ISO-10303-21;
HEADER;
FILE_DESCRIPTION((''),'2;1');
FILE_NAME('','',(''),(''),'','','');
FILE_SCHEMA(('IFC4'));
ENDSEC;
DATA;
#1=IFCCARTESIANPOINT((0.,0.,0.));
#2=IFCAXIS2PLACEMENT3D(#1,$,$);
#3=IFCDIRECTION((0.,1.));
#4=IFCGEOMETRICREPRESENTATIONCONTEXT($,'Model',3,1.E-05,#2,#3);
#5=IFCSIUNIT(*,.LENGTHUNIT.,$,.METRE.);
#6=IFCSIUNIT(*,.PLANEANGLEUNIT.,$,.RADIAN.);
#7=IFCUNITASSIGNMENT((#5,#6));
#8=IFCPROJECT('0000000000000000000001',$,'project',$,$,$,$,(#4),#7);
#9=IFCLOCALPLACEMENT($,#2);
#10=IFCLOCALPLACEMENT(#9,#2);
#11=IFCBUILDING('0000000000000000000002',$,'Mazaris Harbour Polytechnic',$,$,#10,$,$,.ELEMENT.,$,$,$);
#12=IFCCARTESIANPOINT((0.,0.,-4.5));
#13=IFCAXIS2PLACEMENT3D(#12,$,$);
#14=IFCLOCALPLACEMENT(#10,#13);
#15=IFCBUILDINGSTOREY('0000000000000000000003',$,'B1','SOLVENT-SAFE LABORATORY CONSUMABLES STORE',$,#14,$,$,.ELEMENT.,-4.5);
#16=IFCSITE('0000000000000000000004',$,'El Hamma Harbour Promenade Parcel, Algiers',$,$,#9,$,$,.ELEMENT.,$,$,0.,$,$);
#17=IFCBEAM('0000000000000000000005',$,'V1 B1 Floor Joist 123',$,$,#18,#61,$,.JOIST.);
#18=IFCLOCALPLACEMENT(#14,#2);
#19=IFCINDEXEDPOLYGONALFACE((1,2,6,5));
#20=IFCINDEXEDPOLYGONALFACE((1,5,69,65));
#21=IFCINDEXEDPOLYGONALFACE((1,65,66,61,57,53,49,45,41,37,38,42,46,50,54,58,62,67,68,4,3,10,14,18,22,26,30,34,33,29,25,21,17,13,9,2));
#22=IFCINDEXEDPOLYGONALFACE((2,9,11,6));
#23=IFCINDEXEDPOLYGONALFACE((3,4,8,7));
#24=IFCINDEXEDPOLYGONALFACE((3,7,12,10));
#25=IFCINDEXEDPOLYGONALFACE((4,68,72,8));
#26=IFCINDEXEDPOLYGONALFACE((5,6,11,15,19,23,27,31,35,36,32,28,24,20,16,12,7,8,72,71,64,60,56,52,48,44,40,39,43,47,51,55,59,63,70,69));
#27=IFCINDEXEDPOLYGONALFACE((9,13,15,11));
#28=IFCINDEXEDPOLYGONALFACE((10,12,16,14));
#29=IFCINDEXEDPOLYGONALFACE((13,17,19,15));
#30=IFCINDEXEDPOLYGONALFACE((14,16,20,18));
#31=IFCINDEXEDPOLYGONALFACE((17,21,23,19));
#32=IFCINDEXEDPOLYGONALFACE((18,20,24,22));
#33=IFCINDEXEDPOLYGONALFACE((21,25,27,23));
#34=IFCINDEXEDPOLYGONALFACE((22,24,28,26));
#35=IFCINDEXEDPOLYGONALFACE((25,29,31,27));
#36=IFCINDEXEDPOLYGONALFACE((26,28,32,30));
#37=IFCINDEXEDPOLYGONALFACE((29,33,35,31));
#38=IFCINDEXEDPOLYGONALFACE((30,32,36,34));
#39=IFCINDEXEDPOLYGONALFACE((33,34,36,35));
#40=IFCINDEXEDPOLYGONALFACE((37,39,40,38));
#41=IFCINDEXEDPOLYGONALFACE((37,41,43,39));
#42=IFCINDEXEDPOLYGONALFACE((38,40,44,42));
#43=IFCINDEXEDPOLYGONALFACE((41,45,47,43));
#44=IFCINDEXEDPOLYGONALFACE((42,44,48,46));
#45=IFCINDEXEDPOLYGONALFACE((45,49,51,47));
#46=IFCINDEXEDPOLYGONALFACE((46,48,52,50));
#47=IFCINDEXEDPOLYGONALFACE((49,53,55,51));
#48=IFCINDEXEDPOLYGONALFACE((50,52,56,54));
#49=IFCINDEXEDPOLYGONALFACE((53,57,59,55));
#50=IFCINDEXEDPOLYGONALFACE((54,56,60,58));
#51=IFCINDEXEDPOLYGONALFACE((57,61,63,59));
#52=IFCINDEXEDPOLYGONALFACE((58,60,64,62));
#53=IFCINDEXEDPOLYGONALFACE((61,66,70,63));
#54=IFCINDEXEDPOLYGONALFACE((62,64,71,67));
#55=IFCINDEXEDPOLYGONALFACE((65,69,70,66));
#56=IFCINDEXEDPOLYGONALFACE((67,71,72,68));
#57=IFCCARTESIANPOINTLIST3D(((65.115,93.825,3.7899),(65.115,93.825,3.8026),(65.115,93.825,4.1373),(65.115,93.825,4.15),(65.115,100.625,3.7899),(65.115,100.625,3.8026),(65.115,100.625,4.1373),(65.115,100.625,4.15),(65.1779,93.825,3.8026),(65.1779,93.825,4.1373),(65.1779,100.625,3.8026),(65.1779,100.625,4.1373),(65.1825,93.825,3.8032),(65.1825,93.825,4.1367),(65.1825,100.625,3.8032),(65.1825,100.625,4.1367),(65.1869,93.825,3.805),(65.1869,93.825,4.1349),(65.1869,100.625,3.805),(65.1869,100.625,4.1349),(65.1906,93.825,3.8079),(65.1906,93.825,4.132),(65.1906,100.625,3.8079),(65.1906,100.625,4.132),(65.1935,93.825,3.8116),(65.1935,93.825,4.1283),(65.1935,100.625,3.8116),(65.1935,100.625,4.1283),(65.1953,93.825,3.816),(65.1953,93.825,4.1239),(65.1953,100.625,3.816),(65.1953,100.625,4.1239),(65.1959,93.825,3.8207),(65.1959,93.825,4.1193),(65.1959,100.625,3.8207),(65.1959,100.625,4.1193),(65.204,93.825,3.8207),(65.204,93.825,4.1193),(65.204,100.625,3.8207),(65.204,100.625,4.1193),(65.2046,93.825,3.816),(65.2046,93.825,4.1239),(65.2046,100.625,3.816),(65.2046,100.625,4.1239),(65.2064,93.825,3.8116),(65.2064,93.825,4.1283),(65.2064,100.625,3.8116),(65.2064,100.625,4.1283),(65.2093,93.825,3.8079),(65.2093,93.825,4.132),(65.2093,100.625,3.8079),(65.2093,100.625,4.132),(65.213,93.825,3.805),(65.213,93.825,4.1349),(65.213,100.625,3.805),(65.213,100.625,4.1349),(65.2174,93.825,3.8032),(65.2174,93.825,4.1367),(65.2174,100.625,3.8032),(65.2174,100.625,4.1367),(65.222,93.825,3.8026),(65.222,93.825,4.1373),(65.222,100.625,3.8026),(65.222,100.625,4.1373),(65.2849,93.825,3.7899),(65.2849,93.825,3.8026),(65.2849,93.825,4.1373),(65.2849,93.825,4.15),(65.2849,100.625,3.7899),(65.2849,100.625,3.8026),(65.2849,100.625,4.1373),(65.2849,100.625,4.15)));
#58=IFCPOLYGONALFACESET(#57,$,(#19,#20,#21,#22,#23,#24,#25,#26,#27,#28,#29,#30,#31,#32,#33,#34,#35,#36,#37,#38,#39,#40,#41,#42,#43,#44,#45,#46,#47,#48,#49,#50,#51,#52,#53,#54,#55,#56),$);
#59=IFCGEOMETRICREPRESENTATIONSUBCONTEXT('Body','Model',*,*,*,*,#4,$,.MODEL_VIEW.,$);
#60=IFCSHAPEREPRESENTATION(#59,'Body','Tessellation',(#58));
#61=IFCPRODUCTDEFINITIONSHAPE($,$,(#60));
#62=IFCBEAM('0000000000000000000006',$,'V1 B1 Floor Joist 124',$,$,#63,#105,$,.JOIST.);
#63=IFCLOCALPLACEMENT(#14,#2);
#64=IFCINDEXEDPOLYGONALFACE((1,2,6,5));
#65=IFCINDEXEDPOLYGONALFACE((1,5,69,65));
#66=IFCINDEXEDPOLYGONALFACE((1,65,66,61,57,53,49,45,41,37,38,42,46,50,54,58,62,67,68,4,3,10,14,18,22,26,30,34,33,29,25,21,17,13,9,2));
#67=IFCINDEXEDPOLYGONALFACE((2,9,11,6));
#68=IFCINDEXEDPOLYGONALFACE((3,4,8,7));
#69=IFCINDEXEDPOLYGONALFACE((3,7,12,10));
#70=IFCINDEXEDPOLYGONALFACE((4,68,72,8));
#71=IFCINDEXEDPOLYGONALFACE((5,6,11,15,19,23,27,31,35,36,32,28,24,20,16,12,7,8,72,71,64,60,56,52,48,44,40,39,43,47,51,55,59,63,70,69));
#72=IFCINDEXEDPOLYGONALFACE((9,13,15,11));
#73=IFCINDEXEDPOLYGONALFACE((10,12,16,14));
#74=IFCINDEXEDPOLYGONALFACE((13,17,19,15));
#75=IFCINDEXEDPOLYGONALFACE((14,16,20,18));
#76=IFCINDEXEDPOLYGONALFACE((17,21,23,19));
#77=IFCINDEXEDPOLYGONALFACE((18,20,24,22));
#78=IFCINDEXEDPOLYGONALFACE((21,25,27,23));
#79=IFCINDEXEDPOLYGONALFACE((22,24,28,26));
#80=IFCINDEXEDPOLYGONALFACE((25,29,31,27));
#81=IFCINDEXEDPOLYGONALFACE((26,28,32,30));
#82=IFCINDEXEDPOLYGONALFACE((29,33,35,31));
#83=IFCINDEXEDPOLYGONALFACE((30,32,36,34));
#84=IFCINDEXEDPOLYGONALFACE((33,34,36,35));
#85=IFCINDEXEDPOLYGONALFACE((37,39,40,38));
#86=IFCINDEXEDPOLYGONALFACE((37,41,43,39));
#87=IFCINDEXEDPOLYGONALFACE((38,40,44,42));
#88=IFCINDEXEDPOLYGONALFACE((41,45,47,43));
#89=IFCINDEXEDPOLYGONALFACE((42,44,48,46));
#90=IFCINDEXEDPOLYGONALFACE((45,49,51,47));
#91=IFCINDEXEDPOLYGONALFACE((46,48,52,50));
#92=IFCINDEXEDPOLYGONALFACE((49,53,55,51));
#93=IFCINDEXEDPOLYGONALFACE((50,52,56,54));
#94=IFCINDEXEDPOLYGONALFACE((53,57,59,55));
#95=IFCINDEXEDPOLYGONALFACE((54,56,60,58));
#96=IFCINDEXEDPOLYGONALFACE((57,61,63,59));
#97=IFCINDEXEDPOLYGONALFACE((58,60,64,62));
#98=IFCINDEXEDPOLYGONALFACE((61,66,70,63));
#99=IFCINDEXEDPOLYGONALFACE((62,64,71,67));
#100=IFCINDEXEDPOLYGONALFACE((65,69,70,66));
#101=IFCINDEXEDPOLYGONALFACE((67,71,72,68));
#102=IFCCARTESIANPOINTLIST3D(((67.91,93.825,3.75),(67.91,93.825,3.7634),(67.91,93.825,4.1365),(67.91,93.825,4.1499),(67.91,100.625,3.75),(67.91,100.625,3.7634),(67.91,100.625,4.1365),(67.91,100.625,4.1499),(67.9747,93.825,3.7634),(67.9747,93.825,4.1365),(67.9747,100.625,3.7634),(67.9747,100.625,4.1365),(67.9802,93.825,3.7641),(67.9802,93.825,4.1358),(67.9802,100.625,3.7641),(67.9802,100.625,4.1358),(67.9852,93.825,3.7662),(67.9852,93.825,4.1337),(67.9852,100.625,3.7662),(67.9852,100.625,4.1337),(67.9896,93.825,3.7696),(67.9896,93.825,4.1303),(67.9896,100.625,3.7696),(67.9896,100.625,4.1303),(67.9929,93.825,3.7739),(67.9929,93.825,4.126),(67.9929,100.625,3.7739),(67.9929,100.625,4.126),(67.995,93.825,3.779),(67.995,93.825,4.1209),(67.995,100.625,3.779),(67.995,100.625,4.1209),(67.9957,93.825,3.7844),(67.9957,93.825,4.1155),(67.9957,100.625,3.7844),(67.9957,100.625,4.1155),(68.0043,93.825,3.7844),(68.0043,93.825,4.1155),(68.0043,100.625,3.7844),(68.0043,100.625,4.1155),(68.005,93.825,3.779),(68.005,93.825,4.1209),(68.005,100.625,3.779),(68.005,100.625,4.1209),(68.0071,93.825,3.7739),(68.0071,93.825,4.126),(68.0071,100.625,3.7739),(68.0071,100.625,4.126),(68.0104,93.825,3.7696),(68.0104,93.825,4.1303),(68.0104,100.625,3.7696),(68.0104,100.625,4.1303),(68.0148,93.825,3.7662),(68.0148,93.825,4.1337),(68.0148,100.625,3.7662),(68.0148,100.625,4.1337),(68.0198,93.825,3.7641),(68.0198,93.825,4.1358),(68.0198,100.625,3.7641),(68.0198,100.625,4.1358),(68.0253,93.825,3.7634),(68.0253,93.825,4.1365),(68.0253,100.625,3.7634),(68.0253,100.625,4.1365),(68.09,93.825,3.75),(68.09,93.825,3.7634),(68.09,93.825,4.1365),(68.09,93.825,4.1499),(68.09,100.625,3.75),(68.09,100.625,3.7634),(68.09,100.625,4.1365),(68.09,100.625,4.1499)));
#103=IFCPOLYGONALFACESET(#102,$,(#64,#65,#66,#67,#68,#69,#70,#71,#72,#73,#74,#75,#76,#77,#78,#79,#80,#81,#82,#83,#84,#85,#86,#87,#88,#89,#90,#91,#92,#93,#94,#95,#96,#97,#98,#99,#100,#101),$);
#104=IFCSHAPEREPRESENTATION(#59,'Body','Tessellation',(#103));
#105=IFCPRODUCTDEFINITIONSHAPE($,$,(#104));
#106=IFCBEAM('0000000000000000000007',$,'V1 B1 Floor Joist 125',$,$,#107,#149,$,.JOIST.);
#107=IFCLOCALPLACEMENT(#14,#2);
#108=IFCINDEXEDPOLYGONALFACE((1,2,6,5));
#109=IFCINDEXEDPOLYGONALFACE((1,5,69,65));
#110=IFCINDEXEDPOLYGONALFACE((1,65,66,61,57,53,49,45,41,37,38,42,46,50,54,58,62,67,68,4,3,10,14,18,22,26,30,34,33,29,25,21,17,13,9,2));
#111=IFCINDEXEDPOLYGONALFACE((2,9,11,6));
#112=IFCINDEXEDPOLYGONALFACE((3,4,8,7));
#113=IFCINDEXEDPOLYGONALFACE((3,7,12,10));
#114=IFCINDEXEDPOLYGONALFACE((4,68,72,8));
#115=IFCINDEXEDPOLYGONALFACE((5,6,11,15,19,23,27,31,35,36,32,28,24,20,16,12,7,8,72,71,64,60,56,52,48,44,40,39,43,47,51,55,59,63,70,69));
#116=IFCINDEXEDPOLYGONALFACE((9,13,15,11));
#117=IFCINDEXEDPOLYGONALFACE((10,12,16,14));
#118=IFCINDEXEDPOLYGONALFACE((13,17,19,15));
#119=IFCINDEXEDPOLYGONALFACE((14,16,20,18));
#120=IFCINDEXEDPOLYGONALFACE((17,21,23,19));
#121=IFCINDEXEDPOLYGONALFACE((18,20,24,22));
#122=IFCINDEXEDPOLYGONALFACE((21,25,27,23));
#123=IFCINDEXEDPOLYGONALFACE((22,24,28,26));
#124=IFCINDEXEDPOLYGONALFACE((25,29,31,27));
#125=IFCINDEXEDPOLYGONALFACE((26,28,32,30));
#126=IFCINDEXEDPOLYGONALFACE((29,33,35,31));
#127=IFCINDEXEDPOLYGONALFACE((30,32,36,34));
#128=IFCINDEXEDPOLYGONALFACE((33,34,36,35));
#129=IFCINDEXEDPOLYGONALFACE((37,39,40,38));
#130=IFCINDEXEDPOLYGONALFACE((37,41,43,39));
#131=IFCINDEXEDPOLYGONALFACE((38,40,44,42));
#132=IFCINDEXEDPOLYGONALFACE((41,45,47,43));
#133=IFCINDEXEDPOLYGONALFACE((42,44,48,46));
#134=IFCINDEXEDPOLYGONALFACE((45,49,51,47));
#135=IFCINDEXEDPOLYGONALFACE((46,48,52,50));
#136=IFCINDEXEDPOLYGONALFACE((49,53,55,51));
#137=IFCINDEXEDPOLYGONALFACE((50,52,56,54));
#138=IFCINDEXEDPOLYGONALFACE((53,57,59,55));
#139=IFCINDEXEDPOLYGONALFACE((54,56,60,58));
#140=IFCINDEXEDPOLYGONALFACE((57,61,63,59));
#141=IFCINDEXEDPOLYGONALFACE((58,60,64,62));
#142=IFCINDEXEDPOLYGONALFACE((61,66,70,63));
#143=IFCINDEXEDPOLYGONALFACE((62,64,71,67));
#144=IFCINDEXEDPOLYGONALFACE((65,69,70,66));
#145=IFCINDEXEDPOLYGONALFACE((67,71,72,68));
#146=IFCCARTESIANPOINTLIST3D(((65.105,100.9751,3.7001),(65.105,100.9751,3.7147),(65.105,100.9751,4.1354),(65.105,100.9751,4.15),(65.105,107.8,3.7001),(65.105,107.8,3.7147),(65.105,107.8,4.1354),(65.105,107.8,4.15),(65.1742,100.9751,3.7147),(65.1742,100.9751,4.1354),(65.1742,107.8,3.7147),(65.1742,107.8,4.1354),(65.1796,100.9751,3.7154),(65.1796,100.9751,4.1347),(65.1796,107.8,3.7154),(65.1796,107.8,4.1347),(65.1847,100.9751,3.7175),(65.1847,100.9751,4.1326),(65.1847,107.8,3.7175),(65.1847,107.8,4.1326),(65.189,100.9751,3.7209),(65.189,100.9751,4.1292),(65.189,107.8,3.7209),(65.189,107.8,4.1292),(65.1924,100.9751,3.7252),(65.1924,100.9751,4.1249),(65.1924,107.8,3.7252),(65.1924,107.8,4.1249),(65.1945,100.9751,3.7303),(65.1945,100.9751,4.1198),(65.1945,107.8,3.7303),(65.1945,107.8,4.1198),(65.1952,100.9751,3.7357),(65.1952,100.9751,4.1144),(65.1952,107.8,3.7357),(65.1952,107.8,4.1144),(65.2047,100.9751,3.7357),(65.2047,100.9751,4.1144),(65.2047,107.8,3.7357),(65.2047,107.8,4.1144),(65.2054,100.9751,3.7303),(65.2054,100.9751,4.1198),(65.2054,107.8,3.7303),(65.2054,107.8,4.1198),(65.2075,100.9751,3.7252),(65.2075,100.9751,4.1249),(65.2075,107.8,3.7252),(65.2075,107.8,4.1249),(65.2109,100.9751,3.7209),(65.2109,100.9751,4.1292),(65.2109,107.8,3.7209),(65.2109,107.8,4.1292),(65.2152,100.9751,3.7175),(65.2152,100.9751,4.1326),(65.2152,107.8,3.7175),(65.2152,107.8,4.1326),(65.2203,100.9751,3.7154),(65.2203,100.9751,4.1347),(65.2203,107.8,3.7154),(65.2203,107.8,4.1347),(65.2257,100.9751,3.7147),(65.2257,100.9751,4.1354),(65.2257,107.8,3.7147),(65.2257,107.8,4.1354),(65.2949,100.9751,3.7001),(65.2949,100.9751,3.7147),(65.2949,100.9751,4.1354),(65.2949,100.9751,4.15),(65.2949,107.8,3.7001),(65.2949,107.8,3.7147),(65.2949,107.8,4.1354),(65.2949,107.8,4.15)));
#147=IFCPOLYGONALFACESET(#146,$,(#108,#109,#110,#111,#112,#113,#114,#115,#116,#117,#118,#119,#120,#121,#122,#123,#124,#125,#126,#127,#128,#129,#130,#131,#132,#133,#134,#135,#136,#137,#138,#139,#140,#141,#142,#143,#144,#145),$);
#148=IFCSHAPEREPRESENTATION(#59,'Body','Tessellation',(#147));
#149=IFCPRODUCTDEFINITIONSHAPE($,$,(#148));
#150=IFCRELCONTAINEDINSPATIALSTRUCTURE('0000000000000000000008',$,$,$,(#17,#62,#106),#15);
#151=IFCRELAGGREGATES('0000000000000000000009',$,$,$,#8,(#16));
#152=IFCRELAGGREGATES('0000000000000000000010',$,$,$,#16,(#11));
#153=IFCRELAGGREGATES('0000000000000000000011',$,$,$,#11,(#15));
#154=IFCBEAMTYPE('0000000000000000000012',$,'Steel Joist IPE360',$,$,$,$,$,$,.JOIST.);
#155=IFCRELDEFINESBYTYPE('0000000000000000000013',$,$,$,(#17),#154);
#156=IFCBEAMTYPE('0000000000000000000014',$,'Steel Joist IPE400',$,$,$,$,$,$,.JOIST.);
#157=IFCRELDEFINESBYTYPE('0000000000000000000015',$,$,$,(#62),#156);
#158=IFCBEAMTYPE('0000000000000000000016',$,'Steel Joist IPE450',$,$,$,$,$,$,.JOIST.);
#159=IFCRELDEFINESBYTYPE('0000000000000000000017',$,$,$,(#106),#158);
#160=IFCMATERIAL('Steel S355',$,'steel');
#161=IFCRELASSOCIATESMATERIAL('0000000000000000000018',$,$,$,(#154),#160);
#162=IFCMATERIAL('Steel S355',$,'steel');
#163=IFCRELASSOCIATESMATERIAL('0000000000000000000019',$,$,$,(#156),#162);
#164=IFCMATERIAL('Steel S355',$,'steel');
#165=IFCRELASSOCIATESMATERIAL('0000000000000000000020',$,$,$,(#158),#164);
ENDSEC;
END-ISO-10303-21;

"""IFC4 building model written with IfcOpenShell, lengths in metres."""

from ifc_helpers import new_model, si_unit, direction, frame, origin, origin_2d, place, context, subcontext, project, spatial, i_section, extrude, material, material_profile, profile_set, type_object, element, save


model = new_model("IFC4")

# Units and contexts
model_context = context("Model", 3, precision=1e-05, world=origin(), true_north=direction((0.0, 1.0)))
body_context = subcontext(model_context, "Body", "Model", "MODEL_VIEW")
ifc_project = project(units=[si_unit("LENGTHUNIT", "METRE"), si_unit("PLANEANGLEUNIT", "RADIAN")], contexts=[model_context])

# Site, building, storey
site_placement = place(None, origin())
site = spatial("IfcSite", under=ifc_project, at=site_placement, Name="El Hamma Harbour Promenade Parcel, Algiers", CompositionType="ELEMENT", RefElevation=0.0)
building_placement = place(site_placement, origin())
building = spatial("IfcBuilding", under=site, at=building_placement, Name="Mazaris Harbour Polytechnic", CompositionType="ELEMENT")
storey_placement = place(building_placement, frame((0.0, 0.0, -4.5)))
storey = spatial("IfcBuildingStorey", under=building, at=storey_placement, Name="B1", Description="SOLVENT-SAFE LABORATORY CONSUMABLES STORE", CompositionType="ELEMENT", Elevation=-4.5)

# Beams
ifc_material_1 = material(Name="Steel S355", Category="steel")
ifc_material_profile_1 = material_profile(ifc_material_1, i_section(OverallWidth=0.1699, OverallDepth=0.3601, WebThickness=0.0081, FlangeThickness=0.0127, FilletRadius=0.0181, at=origin_2d()), Name="IPE 360")
ifc_profile_set_1 = profile_set([ifc_material_profile_1], Name="Steel S355")
beam_type_1 = type_object("IfcBeamType", Name="Steel Joist IPE360", PredefinedType="JOIST", material=ifc_profile_set_1)
beam_1_placement = place(storey_placement, frame((65.2, 93.825, 3.97), z_axis=(0.0, 1.0, 0.0), x_axis=(-1.0, 0.0, 0.0)))
element("IfcBeam", 1, at=beam_1_placement, inside=storey, type_object=beam_type_1, Name="V1 B1 Floor Joist 123", PredefinedType="JOIST", context=body_context, shape_type="SweptSolid", body=[
    extrude(i_section(OverallWidth=0.1699, OverallDepth=0.3601, WebThickness=0.0081, FlangeThickness=0.0127, FilletRadius=0.0181, at=origin_2d()), origin(), (0.0, 0.0, 1.0), 6.8),
])
ifc_material_2 = material(Name="Steel S355", Category="steel")
ifc_material_profile_2 = material_profile(ifc_material_2, i_section(OverallWidth=0.1799, OverallDepth=0.3999, WebThickness=0.0085, FlangeThickness=0.0134, FilletRadius=0.021, at=origin_2d()), Name="IPE 400")
ifc_profile_set_2 = profile_set([ifc_material_profile_2], Name="Steel S355")
beam_type_2 = type_object("IfcBeamType", Name="Steel Joist IPE400", PredefinedType="JOIST", material=ifc_profile_set_2)
beam_2_placement = place(storey_placement, frame((68.0, 93.825, 3.95), z_axis=(0.0, 1.0, 0.0), x_axis=(-1.0, 0.0, 0.0)))
element("IfcBeam", 2, at=beam_2_placement, inside=storey, type_object=beam_type_2, Name="V1 B1 Floor Joist 124", PredefinedType="JOIST", context=body_context, shape_type="SweptSolid", body=[
    extrude(i_section(OverallWidth=0.1799, OverallDepth=0.3999, WebThickness=0.0085, FlangeThickness=0.0134, FilletRadius=0.021, at=origin_2d()), origin(), (0.0, 0.0, 1.0), 6.8),
])
ifc_material_3 = material(Name="Steel S355", Category="steel")
ifc_material_profile_3 = material_profile(ifc_material_3, i_section(OverallWidth=0.1899, OverallDepth=0.45, WebThickness=0.0095, FlangeThickness=0.0146, FilletRadius=0.021, at=origin_2d()), Name="IPE 450")
ifc_profile_set_3 = profile_set([ifc_material_profile_3], Name="Steel S355")
beam_type_3 = type_object("IfcBeamType", Name="Steel Joist IPE450", PredefinedType="JOIST", material=ifc_profile_set_3)
beam_3_placement = place(storey_placement, frame((65.2, 100.9751, 3.925), z_axis=(0.0, 1.0, 0.0), x_axis=(-1.0, 0.0, 0.0)))
element("IfcBeam", 3, at=beam_3_placement, inside=storey, type_object=beam_type_3, Name="V1 B1 Floor Joist 125", PredefinedType="JOIST", context=body_context, shape_type="SweptSolid", body=[
    extrude(i_section(OverallWidth=0.1899, OverallDepth=0.45, WebThickness=0.0095, FlangeThickness=0.0146, FilletRadius=0.021, at=origin_2d()), origin(), (0.0, 0.0, 1.0), 6.825),
])

save(model, "model.ifc")
